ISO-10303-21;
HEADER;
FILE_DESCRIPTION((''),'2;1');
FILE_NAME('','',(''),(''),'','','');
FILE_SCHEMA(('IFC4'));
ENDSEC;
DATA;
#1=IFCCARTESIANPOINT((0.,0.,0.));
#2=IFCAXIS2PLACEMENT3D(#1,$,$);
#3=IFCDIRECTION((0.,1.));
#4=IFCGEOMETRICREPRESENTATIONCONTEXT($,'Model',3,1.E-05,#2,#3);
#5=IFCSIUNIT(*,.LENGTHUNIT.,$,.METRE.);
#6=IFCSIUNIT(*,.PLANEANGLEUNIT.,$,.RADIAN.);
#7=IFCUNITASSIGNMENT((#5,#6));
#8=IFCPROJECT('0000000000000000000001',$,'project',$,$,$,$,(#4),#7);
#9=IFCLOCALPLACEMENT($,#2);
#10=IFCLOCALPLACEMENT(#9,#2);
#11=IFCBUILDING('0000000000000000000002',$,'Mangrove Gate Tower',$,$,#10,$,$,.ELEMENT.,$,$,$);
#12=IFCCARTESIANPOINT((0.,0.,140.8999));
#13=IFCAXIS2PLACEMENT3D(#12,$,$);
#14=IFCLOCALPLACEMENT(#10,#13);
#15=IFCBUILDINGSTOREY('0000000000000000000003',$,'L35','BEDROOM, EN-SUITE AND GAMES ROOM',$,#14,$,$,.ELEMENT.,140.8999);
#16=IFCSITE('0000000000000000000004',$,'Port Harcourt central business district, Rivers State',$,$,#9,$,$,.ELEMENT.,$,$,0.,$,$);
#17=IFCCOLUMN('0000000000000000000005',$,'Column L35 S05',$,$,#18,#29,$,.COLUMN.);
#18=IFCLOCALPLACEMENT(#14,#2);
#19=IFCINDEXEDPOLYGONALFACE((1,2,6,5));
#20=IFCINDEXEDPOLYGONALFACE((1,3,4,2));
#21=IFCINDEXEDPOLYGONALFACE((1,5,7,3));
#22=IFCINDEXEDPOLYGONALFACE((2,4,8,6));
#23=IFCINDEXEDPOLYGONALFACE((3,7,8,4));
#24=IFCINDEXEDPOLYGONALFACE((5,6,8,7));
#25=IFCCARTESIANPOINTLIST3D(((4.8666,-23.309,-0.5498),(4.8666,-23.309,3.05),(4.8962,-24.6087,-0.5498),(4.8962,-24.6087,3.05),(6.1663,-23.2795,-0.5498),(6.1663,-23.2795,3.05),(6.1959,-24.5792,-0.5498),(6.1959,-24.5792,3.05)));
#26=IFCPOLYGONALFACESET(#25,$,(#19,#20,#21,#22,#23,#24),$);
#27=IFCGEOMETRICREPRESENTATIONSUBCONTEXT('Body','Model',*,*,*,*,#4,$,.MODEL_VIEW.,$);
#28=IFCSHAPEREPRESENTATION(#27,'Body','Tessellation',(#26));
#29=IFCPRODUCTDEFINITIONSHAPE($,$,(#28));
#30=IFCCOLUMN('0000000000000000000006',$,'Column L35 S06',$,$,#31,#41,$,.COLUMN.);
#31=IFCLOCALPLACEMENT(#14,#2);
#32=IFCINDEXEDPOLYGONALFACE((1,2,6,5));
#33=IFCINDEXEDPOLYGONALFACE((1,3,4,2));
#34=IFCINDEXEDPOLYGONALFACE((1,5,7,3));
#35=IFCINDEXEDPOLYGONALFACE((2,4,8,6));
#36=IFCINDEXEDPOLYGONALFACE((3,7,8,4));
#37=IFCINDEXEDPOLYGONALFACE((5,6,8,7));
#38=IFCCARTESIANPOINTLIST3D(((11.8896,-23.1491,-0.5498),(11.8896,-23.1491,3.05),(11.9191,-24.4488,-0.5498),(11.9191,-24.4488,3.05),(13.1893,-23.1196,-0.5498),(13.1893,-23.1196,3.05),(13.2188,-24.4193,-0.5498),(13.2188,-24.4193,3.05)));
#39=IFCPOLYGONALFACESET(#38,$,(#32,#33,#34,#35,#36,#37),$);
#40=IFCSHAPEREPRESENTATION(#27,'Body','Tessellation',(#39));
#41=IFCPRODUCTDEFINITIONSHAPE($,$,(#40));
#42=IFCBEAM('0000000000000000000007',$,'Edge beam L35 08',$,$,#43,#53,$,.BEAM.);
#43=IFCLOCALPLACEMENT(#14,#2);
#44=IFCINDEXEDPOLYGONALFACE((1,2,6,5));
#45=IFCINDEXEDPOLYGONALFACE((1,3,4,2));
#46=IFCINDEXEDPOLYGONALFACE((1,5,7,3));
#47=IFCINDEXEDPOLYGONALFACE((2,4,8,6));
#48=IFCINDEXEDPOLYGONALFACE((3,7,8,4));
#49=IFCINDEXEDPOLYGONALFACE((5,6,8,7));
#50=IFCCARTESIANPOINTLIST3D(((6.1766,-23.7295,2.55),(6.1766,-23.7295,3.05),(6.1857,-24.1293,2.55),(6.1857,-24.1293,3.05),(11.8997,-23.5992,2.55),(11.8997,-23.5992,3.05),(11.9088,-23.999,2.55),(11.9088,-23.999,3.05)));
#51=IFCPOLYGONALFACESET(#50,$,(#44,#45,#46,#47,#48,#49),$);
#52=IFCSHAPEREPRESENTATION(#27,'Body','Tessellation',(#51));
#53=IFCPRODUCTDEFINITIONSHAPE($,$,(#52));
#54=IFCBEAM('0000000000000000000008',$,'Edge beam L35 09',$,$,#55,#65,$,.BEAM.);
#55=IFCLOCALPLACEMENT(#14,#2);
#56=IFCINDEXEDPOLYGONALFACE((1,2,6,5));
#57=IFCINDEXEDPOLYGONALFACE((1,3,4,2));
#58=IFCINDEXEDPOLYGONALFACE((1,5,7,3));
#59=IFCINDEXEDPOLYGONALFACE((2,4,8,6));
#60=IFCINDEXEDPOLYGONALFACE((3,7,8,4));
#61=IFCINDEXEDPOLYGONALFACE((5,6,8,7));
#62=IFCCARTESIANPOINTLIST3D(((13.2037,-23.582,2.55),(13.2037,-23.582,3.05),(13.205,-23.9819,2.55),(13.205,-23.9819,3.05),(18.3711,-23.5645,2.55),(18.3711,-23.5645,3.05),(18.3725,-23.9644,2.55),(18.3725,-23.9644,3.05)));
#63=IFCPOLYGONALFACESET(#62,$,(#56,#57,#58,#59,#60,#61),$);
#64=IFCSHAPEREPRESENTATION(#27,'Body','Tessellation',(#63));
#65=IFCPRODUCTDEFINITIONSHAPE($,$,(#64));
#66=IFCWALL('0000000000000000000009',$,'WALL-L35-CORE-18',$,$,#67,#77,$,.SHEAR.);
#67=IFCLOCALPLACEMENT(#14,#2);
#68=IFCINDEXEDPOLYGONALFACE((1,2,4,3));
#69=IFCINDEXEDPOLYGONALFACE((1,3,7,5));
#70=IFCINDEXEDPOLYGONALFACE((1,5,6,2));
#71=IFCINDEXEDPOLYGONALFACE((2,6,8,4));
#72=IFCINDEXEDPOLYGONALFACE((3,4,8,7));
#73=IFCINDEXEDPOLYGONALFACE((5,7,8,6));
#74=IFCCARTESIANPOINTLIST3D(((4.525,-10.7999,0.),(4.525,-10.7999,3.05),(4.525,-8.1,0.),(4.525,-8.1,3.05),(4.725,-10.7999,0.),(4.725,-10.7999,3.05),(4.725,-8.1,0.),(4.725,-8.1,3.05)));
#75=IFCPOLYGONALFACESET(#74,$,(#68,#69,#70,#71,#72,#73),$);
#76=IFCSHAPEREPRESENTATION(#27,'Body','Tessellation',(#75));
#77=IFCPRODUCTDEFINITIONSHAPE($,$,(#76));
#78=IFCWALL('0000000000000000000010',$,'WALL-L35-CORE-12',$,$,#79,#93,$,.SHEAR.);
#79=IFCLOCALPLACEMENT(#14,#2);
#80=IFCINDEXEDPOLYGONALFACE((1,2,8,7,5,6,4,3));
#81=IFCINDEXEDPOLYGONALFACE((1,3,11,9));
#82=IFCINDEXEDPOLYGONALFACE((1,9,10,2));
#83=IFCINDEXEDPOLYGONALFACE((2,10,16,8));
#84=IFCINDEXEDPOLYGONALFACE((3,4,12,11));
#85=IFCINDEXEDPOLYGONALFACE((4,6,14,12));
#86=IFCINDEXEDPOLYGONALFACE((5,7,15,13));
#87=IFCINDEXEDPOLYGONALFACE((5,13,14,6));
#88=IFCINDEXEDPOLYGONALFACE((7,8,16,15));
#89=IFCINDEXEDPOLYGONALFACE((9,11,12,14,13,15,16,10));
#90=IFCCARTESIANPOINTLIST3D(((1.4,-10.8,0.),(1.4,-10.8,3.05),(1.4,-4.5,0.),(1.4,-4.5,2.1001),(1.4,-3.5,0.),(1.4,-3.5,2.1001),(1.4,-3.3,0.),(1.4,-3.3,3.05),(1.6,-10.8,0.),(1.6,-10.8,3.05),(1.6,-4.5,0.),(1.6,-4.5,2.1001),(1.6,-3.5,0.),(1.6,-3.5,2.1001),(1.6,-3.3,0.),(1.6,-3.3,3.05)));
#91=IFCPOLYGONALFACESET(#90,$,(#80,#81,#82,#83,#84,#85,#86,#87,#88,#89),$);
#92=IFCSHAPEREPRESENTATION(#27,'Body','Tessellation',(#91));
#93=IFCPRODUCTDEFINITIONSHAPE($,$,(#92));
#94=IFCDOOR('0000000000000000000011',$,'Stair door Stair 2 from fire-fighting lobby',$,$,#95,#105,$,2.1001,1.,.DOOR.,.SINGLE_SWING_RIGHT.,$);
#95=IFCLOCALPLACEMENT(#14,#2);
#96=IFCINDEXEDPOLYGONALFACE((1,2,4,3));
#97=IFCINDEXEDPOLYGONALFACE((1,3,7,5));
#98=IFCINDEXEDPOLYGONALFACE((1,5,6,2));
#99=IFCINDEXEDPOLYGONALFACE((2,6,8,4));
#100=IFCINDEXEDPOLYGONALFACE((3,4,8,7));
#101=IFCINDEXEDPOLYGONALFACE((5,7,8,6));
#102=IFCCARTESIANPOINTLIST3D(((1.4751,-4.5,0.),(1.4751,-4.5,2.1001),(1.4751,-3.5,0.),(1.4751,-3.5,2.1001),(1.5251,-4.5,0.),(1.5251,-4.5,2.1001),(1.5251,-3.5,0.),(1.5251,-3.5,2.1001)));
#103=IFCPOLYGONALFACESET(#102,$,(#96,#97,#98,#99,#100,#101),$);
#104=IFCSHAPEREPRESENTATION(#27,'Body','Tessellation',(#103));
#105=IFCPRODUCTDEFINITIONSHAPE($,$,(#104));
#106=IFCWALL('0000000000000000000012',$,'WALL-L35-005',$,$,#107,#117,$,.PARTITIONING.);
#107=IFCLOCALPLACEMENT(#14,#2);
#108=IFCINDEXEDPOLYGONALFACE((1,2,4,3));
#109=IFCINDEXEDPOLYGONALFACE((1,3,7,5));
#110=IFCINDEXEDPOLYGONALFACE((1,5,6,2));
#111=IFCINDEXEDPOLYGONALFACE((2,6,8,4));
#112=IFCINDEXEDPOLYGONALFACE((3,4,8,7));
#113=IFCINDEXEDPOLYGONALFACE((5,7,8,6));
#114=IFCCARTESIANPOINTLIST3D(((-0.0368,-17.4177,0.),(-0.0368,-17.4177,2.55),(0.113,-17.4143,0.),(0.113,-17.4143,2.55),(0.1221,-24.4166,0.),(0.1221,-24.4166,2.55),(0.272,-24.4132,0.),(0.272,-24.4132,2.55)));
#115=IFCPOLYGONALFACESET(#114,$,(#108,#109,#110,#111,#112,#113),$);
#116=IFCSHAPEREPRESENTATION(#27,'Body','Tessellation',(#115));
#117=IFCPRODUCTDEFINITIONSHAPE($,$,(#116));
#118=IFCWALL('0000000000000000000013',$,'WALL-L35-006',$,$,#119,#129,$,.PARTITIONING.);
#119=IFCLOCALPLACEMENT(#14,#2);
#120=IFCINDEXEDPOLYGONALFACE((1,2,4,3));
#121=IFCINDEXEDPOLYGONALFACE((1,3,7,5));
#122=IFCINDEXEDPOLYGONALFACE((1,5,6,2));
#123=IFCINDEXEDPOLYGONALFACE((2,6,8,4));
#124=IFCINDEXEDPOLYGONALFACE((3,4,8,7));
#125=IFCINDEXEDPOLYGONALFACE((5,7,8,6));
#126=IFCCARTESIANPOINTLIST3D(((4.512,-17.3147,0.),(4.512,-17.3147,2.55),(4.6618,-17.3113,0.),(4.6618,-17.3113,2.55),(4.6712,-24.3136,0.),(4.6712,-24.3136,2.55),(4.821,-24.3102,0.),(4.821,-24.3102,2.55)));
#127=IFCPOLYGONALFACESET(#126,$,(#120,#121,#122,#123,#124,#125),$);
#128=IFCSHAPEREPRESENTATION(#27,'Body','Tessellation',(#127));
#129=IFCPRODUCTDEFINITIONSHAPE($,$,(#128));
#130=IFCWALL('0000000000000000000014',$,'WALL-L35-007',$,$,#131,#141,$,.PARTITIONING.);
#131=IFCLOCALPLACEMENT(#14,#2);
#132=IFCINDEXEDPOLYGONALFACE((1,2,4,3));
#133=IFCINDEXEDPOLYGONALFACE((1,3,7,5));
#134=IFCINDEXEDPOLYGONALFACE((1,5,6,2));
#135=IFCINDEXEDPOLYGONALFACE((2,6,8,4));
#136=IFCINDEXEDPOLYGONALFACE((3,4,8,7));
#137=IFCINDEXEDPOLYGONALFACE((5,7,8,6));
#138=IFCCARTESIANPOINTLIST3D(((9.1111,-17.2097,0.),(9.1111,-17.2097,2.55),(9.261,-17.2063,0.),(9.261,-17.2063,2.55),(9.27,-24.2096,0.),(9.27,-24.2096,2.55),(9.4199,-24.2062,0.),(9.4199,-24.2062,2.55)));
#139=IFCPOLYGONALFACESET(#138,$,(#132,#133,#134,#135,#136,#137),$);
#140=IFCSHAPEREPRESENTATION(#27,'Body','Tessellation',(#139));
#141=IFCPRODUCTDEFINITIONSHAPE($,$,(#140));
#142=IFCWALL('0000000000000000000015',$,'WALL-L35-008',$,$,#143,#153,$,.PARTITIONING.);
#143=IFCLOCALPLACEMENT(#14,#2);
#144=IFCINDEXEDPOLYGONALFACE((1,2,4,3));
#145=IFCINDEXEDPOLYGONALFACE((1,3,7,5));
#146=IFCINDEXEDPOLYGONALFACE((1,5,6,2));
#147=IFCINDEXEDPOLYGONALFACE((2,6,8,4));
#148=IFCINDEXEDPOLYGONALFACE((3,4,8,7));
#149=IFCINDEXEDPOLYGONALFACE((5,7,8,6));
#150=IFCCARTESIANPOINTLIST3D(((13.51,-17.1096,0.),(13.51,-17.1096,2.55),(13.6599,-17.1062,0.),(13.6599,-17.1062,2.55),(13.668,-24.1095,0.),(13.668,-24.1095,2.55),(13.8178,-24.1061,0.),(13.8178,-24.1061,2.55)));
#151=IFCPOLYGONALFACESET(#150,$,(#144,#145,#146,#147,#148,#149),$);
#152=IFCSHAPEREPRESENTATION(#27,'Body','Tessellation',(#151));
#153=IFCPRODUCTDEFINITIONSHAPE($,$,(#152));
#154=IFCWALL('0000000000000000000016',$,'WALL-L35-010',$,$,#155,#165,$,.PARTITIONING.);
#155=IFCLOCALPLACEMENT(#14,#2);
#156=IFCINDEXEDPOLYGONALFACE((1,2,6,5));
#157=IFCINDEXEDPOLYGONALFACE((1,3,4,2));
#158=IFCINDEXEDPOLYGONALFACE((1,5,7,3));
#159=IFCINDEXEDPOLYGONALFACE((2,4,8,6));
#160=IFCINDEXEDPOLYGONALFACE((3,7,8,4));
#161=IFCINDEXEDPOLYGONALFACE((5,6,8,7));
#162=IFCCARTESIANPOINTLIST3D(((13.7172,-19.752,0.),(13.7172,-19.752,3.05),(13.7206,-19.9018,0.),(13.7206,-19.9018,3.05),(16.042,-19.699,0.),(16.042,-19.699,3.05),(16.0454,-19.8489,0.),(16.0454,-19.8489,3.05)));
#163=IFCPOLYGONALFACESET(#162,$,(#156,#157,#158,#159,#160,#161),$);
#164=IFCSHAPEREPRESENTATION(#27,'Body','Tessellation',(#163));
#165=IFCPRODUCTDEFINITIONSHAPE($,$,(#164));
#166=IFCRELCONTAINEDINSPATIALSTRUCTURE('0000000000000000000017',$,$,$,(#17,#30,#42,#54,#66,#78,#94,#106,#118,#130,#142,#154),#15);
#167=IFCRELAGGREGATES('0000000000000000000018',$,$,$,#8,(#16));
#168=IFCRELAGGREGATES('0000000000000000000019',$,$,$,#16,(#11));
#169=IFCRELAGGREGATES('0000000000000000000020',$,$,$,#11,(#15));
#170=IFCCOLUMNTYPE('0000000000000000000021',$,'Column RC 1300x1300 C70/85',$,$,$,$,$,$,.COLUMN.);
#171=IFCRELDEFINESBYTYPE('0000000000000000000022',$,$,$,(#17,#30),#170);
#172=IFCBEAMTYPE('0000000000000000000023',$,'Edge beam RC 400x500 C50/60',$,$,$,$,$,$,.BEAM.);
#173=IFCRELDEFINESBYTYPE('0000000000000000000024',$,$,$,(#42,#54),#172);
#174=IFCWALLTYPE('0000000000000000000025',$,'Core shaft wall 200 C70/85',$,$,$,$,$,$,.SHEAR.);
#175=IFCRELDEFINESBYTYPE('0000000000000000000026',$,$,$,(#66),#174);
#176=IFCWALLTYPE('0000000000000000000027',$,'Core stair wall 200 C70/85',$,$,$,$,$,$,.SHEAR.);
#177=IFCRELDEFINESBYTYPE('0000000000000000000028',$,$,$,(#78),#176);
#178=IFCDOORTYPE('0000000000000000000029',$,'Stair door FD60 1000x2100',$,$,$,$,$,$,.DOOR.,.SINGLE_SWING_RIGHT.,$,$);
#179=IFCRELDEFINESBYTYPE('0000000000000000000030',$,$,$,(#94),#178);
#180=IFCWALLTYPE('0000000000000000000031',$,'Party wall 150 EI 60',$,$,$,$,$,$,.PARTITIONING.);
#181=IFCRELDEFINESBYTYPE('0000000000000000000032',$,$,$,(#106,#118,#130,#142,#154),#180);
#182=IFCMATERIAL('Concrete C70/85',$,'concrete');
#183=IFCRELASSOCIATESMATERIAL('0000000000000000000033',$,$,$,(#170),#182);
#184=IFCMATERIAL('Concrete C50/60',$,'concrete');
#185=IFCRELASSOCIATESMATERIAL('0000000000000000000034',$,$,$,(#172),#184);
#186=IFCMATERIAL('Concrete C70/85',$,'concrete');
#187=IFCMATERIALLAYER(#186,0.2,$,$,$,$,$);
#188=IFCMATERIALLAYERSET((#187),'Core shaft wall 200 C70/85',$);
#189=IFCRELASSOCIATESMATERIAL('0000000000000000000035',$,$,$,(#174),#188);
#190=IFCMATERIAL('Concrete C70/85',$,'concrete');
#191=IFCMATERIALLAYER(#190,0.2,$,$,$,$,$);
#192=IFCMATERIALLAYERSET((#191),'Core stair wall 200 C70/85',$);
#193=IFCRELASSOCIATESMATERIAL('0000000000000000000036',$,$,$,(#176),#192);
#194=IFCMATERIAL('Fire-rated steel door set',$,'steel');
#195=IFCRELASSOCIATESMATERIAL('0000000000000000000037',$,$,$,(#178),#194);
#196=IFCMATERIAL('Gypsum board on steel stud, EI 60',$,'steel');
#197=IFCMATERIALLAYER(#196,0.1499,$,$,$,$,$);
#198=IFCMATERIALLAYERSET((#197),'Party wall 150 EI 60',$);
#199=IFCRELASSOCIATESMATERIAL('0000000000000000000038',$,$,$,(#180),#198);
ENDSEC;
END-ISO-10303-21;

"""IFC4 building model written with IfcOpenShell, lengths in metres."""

from ifc_helpers import new_model, si_unit, direction, frame, frame_2d, origin, origin_2d, place, context, subcontext, project, spatial, rectangle, extrude, material, layer, layer_set, material_profile, profile_set, type_object, element, fill, save


model = new_model("IFC4")

# Units and contexts
model_context = context("Model", 3, precision=1e-05, world=origin(), true_north=direction((0.0, 1.0)))
body_context = subcontext(model_context, "Body", "Model", "MODEL_VIEW")
ifc_project = project(units=[si_unit("LENGTHUNIT", "METRE"), si_unit("PLANEANGLEUNIT", "RADIAN")], contexts=[model_context])

# Site, building, storey
site_placement = place(None, origin())
site = spatial("IfcSite", under=ifc_project, at=site_placement, Name="Port Harcourt central business district, Rivers State", CompositionType="ELEMENT", RefElevation=0.0)
building_placement = place(site_placement, origin())
building = spatial("IfcBuilding", under=site, at=building_placement, Name="Mangrove Gate Tower", CompositionType="ELEMENT")
storey_placement = place(building_placement, frame((0.0, 0.0, 140.8999)))
storey = spatial("IfcBuildingStorey", under=building, at=storey_placement, Name="L35", Description="BEDROOM, EN-SUITE AND GAMES ROOM", CompositionType="ELEMENT", Elevation=140.8999)

# Columns
ifc_material_1 = material(Name="Concrete C70/85", Category="concrete")
ifc_material_profile_1 = material_profile(ifc_material_1, rectangle(XDim=1.3, YDim=1.3, at=origin_2d()))
ifc_profile_set_1 = profile_set([ifc_material_profile_1], Name="Concrete C70/85")
column_type = type_object("IfcColumnType", Name="Column RC 1300x1300 C70/85", PredefinedType="COLUMN", material=ifc_profile_set_1)
for number, where, z_axis, x_axis, name in (
    (1, (5.5312, -23.9441, -0.5498), (0.0, 0.0, 1.0), (0.999742, 0.022707, 0.0), "Column L35 S05"),
    (2, (12.5542, -23.7842, -0.5498), (0.0, 0.0, 1.0), (0.999742, 0.022707, 0.0), "Column L35 S06"),
):
    element("IfcColumn", number, at=place(storey_placement, frame(where, z_axis=z_axis, x_axis=x_axis)), inside=storey, type_object=column_type, Name=name, PredefinedType="COLUMN", context=body_context, shape_type="SweptSolid", body=[
        extrude(rectangle(XDim=1.3, YDim=1.3, at=origin_2d()), origin(), (0.0, 0.0, 1.0), 3.5999),
    ])

# Beams
ifc_material_2 = material(Name="Concrete C50/60", Category="concrete")
ifc_material_profile_2 = material_profile(ifc_material_2, rectangle(XDim=0.3999, YDim=0.5, at=origin_2d()))
ifc_profile_set_2 = profile_set([ifc_material_profile_2], Name="Concrete C50/60")
beam_type = type_object("IfcBeamType", Name="Edge beam RC 400x500 C50/60", PredefinedType="BEAM", material=ifc_profile_set_2)
beam_1_placement = place(storey_placement, frame((6.1812, -23.9294, 2.8), z_axis=(0.999741, 0.022774, 0.0), x_axis=(-0.022774, 0.999741, 0.0)))
element("IfcBeam", 3, at=beam_1_placement, inside=storey, type_object=beam_type, Name="Edge beam L35 08", PredefinedType="BEAM", context=body_context, shape_type="SweptSolid", body=[
    extrude(rectangle(XDim=0.3999, YDim=0.5, at=origin_2d()), origin(), (0.0, 0.0, 1.0), 5.7246),
])
beam_2_placement = place(storey_placement, frame((13.2043, -23.782, 2.8), z_axis=(0.999994, 0.003402, 0.0), x_axis=(-0.003402, 0.999994, 0.0)))
element("IfcBeam", 4, at=beam_2_placement, inside=storey, type_object=beam_type, Name="Edge beam L35 09", PredefinedType="BEAM", context=body_context, shape_type="SweptSolid", body=[
    extrude(rectangle(XDim=0.3999, YDim=0.5, at=origin_2d()), origin(), (0.0, 0.0, 1.0), 5.1675),
])

# Wall
ifc_material_3 = material(Name="Concrete C70/85", Category="concrete")
ifc_layer_1 = layer(ifc_material_3, 0.2)
ifc_layer_set_1 = layer_set([ifc_layer_1], Name="Core shaft wall 200 C70/85")
wall_type_1 = type_object("IfcWallType", Name="Core shaft wall 200 C70/85", PredefinedType="SHEAR", material=ifc_layer_set_1)
wall_1_placement = place(storey_placement, frame((4.625, -10.8, 0.0), z_axis=(0.0, 0.0, 1.0), x_axis=(0.0, 1.0, 0.0)))
element("IfcWall", 5, at=wall_1_placement, inside=storey, type_object=wall_type_1, Name="WALL-L35-CORE-18", PredefinedType="SHEAR", context=body_context, shape_type="SweptSolid", body=[
    extrude(rectangle(XDim=2.7, YDim=0.2, at=frame_2d((1.3501, 0.0))), origin(), (0.0, 0.0, 1.0), 3.05),
])

# Wall, opening, door
ifc_material_4 = material(Name="Concrete C70/85", Category="concrete")
ifc_layer_2 = layer(ifc_material_4, 0.2)
ifc_layer_set_2 = layer_set([ifc_layer_2], Name="Core stair wall 200 C70/85")
wall_type_2 = type_object("IfcWallType", Name="Core stair wall 200 C70/85", PredefinedType="SHEAR", material=ifc_layer_set_2)
wall_2_placement = place(storey_placement, frame((1.5, -10.8, 0.0), z_axis=(0.0, 0.0, 1.0), x_axis=(0.0, 1.0, 0.0)))
wall_2 = element("IfcWall", 6, at=wall_2_placement, inside=storey, type_object=wall_type_2, Name="WALL-L35-CORE-12", PredefinedType="SHEAR", context=body_context, shape_type="SweptSolid", body=[
    extrude(rectangle(XDim=7.5, YDim=0.2, at=frame_2d((3.75, 0.0))), origin(), (0.0, 0.0, 1.0), 3.05),
])
opening_1_placement = place(wall_2_placement, frame((6.3, 0.0, 0.0)))
opening_1 = element("IfcOpeningElement", 7, at=opening_1_placement, cuts=wall_2, PredefinedType="OPENING", context=body_context, shape_type="SweptSolid", body=[
    extrude(rectangle(XDim=1.0, YDim=2.1001, at=frame_2d((0.5, 1.05))), frame((0.0, 0.1099, 0.0), z_axis=(0.0, -1.0, 0.0), x_axis=(1.0, 0.0, 0.0)), (0.0, 0.0, 1.0), 0.22),
])
ifc_material_5 = material(Name="Fire-rated steel door set", Category="steel")
door_type_1 = type_object("IfcDoorType", Name="Stair door FD60 1000x2100", OperationType="SINGLE_SWING_RIGHT", PredefinedType="DOOR", material=ifc_material_5)
door_1_placement = place(opening_1_placement, origin())
door_1 = element("IfcDoor", 8, at=door_1_placement, inside=storey, type_object=door_type_1, Name="Stair door Stair 2 from fire-fighting lobby", OperationType="SINGLE_SWING_RIGHT", OverallHeight=2.1001, OverallWidth=1.0, PredefinedType="DOOR", context=body_context, shape_type="SweptSolid", body=[
    extrude(rectangle(XDim=1.0, YDim=2.1001, at=frame_2d((0.5, 1.05))), frame((0.0, 0.0249, 0.0), z_axis=(0.0, -1.0, 0.0), x_axis=(1.0, 0.0, 0.0)), (0.0, 0.0, 1.0), 0.05),
])
fill(opening_1, door_1)

# Walls
ifc_material_6 = material(Name="Gypsum board on steel stud, EI 60", Category="steel")
ifc_layer_3 = layer(ifc_material_6, 0.1499)
ifc_layer_set_3 = layer_set([ifc_layer_3], Name="Party wall 150 EI 60")
wall_type_3 = type_object("IfcWallType", Name="Party wall 150 EI 60", PredefinedType="PARTITIONING", material=ifc_layer_set_3)
for number, where, z_axis, x_axis, name in (
    (9, (0.197, -24.415, 0.0), (0.0, 0.0, 1.0), (-0.022702, 0.999742, 0.0), "WALL-L35-005"),
    (10, (4.7461, -24.312, 0.0), (0.0, 0.0, 1.0), (-0.022737, 0.999741, 0.0), "WALL-L35-006"),
):
    element("IfcWall", number, at=place(storey_placement, frame(where, z_axis=z_axis, x_axis=x_axis)), inside=storey, type_object=wall_type_3, Name=name, PredefinedType="PARTITIONING", context=body_context, shape_type="SweptSolid", body=[
        extrude(rectangle(XDim=7.0007, YDim=0.1499, at=frame_2d((3.5005, 0.0))), origin(), (0.0, 0.0, 1.0), 2.55),
    ])
for number, where, z_axis, x_axis, name in (
    (11, (9.345, -24.208, 0.0), (0.0, 0.0, 1.0), (-0.022699, 0.999742, 0.0), "WALL-L35-007"),
    (12, (13.7429, -24.1079, 0.0), (0.0, 0.0, 1.0), (-0.02256, 0.999745, 0.0), "WALL-L35-008"),
):
    element("IfcWall", number, at=place(storey_placement, frame(where, z_axis=z_axis, x_axis=x_axis)), inside=storey, type_object=wall_type_3, Name=name, PredefinedType="PARTITIONING", context=body_context, shape_type="SweptSolid", body=[
        extrude(rectangle(XDim=7.0017, YDim=0.1499, at=frame_2d((3.501, 0.0))), origin(), (0.0, 0.0, 1.0), 2.55),
    ])
wall_3_placement = place(storey_placement, frame((13.719, -19.8269, 0.0), z_axis=(0.0, 0.0, 1.0), x_axis=(0.99974, 0.022781, 0.0)))
element("IfcWall", 13, at=wall_3_placement, inside=storey, type_object=wall_type_3, Name="WALL-L35-010", PredefinedType="PARTITIONING", context=body_context, shape_type="SweptSolid", body=[
    extrude(rectangle(XDim=2.3254, YDim=0.1499, at=frame_2d((1.1626, 0.0))), origin(), (0.0, 0.0, 1.0), 3.05),
])

save(model, "model.ifc")
